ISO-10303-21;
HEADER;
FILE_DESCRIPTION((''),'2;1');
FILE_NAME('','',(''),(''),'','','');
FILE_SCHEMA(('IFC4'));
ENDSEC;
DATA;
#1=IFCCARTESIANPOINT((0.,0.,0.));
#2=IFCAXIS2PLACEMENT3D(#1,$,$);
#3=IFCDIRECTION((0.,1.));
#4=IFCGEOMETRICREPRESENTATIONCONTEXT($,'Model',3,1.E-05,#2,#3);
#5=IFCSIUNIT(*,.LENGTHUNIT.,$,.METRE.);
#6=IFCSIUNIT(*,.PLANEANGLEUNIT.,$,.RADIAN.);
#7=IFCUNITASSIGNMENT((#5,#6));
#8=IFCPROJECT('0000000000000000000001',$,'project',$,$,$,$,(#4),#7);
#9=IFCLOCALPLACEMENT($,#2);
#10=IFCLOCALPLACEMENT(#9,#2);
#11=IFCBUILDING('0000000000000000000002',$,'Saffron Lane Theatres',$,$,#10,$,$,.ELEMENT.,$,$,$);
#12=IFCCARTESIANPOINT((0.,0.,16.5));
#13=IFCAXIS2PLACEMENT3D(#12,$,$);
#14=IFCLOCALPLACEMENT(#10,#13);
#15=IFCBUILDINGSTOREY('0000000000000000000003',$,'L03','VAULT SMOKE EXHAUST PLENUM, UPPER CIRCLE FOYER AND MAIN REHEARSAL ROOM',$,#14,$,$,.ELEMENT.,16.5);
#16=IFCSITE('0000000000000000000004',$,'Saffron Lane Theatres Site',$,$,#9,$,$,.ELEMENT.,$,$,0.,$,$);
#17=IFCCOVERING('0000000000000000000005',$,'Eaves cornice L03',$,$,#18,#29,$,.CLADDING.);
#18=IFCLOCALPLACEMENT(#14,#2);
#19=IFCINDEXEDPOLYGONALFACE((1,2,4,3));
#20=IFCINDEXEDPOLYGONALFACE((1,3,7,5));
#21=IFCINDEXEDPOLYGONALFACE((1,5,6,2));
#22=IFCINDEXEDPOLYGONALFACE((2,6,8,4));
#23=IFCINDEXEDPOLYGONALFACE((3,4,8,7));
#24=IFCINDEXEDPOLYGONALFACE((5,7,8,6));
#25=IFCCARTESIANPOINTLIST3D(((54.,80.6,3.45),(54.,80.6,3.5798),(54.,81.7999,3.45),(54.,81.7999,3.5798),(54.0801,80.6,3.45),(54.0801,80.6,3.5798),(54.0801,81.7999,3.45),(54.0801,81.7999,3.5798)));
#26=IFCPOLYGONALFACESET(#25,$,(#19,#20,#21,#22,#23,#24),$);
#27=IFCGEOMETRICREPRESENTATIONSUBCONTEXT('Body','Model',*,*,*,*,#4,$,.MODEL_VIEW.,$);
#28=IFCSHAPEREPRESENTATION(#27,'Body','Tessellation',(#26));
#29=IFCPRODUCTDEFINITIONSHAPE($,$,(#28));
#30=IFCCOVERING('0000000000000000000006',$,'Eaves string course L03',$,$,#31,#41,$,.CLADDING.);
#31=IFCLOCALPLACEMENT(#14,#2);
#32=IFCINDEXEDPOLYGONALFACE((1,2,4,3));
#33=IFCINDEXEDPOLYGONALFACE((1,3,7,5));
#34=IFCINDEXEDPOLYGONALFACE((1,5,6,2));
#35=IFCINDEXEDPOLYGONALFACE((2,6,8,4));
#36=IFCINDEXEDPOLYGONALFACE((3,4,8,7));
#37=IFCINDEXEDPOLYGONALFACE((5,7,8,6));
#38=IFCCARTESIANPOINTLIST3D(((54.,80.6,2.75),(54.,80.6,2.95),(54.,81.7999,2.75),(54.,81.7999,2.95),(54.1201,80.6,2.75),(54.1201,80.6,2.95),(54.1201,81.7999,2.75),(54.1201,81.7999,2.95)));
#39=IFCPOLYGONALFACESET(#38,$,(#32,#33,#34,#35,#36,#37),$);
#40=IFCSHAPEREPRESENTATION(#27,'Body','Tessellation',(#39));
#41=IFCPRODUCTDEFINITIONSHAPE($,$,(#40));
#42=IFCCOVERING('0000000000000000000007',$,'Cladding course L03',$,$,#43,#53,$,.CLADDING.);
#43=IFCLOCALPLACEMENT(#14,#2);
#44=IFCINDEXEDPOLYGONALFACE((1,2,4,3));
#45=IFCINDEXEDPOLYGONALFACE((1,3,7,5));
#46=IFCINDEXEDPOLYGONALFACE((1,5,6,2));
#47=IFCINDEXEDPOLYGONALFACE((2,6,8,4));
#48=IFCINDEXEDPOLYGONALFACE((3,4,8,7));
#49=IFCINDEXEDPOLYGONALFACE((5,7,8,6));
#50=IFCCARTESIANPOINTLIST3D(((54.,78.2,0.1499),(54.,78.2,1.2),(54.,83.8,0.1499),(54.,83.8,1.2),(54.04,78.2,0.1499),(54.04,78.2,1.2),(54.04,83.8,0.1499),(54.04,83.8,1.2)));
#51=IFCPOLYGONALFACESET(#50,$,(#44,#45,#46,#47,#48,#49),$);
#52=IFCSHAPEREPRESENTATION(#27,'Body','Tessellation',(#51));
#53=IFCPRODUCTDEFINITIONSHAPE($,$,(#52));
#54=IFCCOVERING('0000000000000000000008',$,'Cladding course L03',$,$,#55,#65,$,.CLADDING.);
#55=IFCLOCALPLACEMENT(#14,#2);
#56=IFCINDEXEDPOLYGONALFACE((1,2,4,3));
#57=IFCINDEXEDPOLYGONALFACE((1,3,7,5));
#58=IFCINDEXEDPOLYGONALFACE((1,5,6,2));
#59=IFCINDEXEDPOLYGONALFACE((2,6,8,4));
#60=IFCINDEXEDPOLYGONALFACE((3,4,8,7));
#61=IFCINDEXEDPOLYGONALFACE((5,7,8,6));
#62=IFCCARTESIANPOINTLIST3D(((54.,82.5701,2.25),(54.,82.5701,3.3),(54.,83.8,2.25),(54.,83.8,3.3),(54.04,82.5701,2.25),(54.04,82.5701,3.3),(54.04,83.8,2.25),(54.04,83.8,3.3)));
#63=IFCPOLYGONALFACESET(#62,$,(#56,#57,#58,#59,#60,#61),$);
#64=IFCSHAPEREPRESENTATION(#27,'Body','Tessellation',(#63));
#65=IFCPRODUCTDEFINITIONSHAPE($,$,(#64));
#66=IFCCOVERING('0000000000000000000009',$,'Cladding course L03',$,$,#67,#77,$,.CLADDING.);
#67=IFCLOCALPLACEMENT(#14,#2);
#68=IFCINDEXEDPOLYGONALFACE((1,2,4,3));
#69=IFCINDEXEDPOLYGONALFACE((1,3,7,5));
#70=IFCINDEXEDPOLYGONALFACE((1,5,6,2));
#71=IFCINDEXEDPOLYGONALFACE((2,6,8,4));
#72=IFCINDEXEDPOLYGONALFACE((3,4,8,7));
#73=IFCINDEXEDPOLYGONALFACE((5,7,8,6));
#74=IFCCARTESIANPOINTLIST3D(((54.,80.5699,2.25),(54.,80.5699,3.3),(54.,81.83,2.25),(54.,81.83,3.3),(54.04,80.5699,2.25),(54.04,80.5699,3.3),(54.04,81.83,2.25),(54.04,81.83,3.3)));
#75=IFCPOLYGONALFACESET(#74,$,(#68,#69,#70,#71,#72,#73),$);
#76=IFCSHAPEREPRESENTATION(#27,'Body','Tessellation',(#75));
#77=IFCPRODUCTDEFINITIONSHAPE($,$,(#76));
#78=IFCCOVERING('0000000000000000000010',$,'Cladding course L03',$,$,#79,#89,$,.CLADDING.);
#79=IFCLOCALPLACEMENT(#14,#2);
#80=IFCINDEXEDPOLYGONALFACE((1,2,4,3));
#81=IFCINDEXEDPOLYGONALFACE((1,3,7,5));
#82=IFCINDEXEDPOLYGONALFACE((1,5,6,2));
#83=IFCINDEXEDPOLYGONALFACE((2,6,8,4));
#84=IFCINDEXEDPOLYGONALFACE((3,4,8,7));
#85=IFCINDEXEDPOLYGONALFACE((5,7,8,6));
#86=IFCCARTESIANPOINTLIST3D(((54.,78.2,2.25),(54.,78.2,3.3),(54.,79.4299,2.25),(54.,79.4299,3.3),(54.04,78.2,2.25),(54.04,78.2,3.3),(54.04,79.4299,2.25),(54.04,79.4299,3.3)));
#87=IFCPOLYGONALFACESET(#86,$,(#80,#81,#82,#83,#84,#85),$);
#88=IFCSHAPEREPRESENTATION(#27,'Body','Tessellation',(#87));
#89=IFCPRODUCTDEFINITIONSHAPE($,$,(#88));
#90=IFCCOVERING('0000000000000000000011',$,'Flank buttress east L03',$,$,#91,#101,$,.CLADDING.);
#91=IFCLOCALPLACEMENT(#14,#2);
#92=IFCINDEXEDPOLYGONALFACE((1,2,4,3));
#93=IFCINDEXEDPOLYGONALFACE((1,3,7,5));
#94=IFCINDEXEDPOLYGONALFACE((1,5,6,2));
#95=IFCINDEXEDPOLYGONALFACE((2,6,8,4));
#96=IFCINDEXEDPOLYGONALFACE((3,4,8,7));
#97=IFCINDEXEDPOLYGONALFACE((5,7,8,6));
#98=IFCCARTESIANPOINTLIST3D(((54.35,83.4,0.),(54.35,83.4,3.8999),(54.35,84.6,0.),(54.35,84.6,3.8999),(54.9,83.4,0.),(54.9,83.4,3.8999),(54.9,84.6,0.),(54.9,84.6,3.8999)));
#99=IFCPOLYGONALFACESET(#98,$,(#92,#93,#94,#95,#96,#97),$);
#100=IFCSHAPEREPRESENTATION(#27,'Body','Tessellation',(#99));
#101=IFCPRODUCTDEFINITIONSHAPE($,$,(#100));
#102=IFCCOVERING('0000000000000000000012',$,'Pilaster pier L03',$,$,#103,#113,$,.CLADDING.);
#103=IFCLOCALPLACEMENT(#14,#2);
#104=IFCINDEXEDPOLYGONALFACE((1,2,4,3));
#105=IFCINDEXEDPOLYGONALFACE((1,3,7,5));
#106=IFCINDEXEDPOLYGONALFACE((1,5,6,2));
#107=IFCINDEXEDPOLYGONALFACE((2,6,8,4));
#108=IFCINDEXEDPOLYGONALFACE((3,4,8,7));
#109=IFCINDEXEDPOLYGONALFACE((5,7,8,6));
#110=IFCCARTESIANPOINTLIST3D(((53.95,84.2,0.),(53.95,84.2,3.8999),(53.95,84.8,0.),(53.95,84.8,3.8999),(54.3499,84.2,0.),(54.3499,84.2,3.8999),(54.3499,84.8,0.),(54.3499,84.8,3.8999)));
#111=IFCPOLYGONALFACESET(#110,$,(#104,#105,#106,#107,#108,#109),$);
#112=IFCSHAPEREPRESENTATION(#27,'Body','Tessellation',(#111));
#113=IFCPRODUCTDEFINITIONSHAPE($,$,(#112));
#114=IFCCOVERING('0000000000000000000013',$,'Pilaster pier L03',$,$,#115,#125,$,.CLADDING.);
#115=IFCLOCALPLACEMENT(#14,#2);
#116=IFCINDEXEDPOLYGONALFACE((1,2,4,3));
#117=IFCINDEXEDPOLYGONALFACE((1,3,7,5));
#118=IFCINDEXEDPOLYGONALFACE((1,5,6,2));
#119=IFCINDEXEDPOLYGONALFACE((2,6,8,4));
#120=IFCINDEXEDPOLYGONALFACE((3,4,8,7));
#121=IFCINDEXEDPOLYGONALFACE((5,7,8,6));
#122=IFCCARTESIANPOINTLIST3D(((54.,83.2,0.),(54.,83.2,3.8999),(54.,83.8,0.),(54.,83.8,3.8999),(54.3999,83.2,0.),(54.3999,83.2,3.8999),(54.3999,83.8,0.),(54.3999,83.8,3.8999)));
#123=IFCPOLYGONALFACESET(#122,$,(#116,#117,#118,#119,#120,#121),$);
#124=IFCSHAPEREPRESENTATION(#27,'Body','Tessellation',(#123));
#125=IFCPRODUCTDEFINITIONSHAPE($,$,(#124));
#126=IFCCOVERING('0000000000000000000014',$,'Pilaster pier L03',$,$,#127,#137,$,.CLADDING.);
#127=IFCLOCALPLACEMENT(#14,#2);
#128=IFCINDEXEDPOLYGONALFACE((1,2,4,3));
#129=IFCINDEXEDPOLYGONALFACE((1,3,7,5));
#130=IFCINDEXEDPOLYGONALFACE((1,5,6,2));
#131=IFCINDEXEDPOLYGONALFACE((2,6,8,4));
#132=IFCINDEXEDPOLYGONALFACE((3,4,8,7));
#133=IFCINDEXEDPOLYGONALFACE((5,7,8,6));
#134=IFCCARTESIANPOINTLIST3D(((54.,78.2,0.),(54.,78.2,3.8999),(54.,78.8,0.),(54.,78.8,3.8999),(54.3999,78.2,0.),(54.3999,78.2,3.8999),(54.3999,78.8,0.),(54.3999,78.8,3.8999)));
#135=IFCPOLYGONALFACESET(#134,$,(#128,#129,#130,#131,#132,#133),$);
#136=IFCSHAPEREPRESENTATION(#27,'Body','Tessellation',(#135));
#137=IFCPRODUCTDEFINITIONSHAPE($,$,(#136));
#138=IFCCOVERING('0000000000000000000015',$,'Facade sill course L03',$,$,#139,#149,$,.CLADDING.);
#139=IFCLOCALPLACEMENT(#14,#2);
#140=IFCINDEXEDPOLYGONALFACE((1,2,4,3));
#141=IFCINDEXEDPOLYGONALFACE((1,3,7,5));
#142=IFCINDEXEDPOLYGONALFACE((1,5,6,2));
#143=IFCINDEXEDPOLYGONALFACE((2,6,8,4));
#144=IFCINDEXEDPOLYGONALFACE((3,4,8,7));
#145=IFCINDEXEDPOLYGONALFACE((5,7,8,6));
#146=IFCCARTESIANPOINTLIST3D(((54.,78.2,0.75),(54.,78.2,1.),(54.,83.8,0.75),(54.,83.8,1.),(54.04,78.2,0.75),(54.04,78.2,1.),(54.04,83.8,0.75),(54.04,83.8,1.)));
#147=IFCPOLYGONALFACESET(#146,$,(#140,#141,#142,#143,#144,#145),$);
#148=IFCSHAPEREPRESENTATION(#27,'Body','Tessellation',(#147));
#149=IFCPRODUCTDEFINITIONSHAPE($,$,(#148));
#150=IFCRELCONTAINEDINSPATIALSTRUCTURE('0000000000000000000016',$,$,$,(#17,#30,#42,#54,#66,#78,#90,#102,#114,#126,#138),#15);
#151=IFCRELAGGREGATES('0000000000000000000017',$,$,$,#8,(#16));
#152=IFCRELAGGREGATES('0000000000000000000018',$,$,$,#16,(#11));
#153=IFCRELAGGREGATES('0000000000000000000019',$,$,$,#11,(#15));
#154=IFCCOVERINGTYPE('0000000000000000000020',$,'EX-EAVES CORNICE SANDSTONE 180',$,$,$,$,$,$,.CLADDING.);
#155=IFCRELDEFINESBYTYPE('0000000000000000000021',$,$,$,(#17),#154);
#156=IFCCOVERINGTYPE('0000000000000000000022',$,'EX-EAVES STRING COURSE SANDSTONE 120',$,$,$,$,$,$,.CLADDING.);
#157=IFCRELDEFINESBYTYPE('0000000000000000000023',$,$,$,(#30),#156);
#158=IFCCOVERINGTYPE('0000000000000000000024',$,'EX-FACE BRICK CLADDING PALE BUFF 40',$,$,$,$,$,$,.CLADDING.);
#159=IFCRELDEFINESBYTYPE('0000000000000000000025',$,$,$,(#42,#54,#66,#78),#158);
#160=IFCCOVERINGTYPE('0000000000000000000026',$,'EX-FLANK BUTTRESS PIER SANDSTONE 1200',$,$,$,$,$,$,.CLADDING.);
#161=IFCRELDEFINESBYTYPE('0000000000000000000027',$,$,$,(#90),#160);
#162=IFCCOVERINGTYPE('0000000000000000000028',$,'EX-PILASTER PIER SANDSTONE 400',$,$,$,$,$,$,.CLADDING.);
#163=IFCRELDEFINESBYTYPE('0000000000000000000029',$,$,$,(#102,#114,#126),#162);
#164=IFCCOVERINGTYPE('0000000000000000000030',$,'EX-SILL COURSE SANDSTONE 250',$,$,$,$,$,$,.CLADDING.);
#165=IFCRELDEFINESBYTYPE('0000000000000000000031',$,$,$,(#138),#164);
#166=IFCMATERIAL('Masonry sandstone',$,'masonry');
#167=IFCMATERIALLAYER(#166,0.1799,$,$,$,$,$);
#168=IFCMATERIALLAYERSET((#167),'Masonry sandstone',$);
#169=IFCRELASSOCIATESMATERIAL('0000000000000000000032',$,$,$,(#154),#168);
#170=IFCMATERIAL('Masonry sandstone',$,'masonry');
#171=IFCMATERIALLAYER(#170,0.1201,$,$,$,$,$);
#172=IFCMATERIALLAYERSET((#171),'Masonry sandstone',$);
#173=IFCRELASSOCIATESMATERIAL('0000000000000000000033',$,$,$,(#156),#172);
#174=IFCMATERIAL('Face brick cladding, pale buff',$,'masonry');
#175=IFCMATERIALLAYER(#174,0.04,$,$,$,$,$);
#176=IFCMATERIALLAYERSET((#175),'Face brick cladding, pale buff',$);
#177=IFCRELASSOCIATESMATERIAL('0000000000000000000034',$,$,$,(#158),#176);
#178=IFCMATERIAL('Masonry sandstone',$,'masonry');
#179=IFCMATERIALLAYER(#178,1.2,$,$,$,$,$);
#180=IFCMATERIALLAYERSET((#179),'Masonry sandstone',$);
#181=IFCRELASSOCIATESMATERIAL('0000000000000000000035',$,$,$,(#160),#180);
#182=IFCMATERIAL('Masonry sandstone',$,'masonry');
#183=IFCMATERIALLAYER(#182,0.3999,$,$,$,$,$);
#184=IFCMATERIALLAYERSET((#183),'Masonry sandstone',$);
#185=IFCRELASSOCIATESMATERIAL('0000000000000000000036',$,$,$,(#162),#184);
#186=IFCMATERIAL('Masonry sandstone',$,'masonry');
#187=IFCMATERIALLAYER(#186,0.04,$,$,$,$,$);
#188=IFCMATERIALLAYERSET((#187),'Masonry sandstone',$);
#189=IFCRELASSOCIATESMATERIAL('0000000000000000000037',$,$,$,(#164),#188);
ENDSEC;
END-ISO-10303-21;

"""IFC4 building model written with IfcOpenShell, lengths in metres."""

from ifc_helpers import new_model, si_unit, direction, frame, origin, origin_2d, place, context, subcontext, project, spatial, rectangle, extrude, material, layer, layer_set, type_object, element, save


model = new_model("IFC4")

# Units and contexts
model_context = context("Model", 3, precision=1e-05, world=origin(), true_north=direction((0.0, 1.0)))
body_context = subcontext(model_context, "Body", "Model", "MODEL_VIEW")
ifc_project = project(units=[si_unit("LENGTHUNIT", "METRE"), si_unit("PLANEANGLEUNIT", "RADIAN")], contexts=[model_context])

# Site, building, storey
site_placement = place(None, origin())
site = spatial("IfcSite", under=ifc_project, at=site_placement, Name="Saffron Lane Theatres Site", CompositionType="ELEMENT", RefElevation=0.0)
building_placement = place(site_placement, origin())
building = spatial("IfcBuilding", under=site, at=building_placement, Name="Saffron Lane Theatres", CompositionType="ELEMENT")
storey_placement = place(building_placement, frame((0.0, 0.0, 16.5)))
storey = spatial("IfcBuildingStorey", under=building, at=storey_placement, Name="L03", Description="VAULT SMOKE EXHAUST PLENUM, UPPER CIRCLE FOYER AND MAIN REHEARSAL ROOM", CompositionType="ELEMENT", Elevation=16.5)

# Coverings
ifc_material_1 = material(Name="Masonry sandstone", Category="masonry")
ifc_layer_1 = layer(ifc_material_1, 0.1799)
ifc_layer_set_1 = layer_set([ifc_layer_1], Name="Masonry sandstone")
covering_type_1 = type_object("IfcCoveringType", Name="EX-EAVES CORNICE SANDSTONE 180", PredefinedType="CLADDING", material=ifc_layer_set_1)
covering_1_placement = place(storey_placement, frame((54.04, 81.2, 3.45), z_axis=(0.0, 0.0, 1.0), x_axis=(0.0, -1.0, 0.0)))
element("IfcCovering", 1, at=covering_1_placement, inside=storey, type_object=covering_type_1, Name="Eaves cornice L03", PredefinedType="CLADDING", context=body_context, shape_type="SweptSolid", body=[
    extrude(rectangle(XDim=1.2, YDim=0.0801, at=origin_2d()), origin(), (0.0, 0.0, 1.0), 0.1299),
])
ifc_material_2 = material(Name="Masonry sandstone", Category="masonry")
ifc_layer_2 = layer(ifc_material_2, 0.1201)
ifc_layer_set_2 = layer_set([ifc_layer_2], Name="Masonry sandstone")
covering_type_2 = type_object("IfcCoveringType", Name="EX-EAVES STRING COURSE SANDSTONE 120", PredefinedType="CLADDING", material=ifc_layer_set_2)
covering_2_placement = place(storey_placement, frame((54.0601, 81.2, 2.75), z_axis=(0.0, 0.0, 1.0), x_axis=(0.0, -1.0, 0.0)))
element("IfcCovering", 2, at=covering_2_placement, inside=storey, type_object=covering_type_2, Name="Eaves string course L03", PredefinedType="CLADDING", context=body_context, shape_type="SweptSolid", body=[
    extrude(rectangle(XDim=1.2, YDim=0.1201, at=origin_2d()), origin(), (0.0, 0.0, 1.0), 0.2),
])
ifc_material_3 = material(Name="Face brick cladding, pale buff", Category="masonry")
ifc_layer_3 = layer(ifc_material_3, 0.04)
ifc_layer_set_3 = layer_set([ifc_layer_3], Name="Face brick cladding, pale buff")
covering_type_3 = type_object("IfcCoveringType", Name="EX-FACE BRICK CLADDING PALE BUFF 40", PredefinedType="CLADDING", material=ifc_layer_set_3)
covering_3_placement = place(storey_placement, frame((54.02, 81.0, 0.1499), z_axis=(0.0, 0.0, 1.0), x_axis=(0.0, -1.0, 0.0)))
element("IfcCovering", 3, at=covering_3_placement, inside=storey, type_object=covering_type_3, Name="Cladding course L03", PredefinedType="CLADDING", context=body_context, shape_type="SweptSolid", body=[
    extrude(rectangle(XDim=5.6001, YDim=0.04, at=origin_2d()), origin(), (0.0, 0.0, 1.0), 1.05),
])
covering_4_placement = place(storey_placement, frame((54.02, 83.1851, 2.25), z_axis=(0.0, 0.0, 1.0), x_axis=(0.0, -1.0, 0.0)))
element("IfcCovering", 4, at=covering_4_placement, inside=storey, type_object=covering_type_3, Name="Cladding course L03", PredefinedType="CLADDING", context=body_context, shape_type="SweptSolid", body=[
    extrude(rectangle(XDim=1.23, YDim=0.04, at=origin_2d()), origin(), (0.0, 0.0, 1.0), 1.05),
])
covering_5_placement = place(storey_placement, frame((54.02, 81.2, 2.25), z_axis=(0.0, 0.0, 1.0), x_axis=(0.0, -1.0, 0.0)))
element("IfcCovering", 5, at=covering_5_placement, inside=storey, type_object=covering_type_3, Name="Cladding course L03", PredefinedType="CLADDING", context=body_context, shape_type="SweptSolid", body=[
    extrude(rectangle(XDim=1.26, YDim=0.04, at=origin_2d()), origin(), (0.0, 0.0, 1.0), 1.05),
])
covering_6_placement = place(storey_placement, frame((54.02, 78.8149, 2.25), z_axis=(0.0, 0.0, 1.0), x_axis=(0.0, -1.0, 0.0)))
element("IfcCovering", 6, at=covering_6_placement, inside=storey, type_object=covering_type_3, Name="Cladding course L03", PredefinedType="CLADDING", context=body_context, shape_type="SweptSolid", body=[
    extrude(rectangle(XDim=1.23, YDim=0.04, at=origin_2d()), origin(), (0.0, 0.0, 1.0), 1.05),
])
ifc_material_4 = material(Name="Masonry sandstone", Category="masonry")
ifc_layer_4 = layer(ifc_material_4, 1.2)
ifc_layer_set_4 = layer_set([ifc_layer_4], Name="Masonry sandstone")
covering_type_4 = type_object("IfcCoveringType", Name="EX-FLANK BUTTRESS PIER SANDSTONE 1200", PredefinedType="CLADDING", material=ifc_layer_set_4)
covering_7_placement = place(storey_placement, frame((54.625, 84.0, 0.0), z_axis=(0.0, 0.0, 1.0), x_axis=(0.0, 1.0, 0.0)))
element("IfcCovering", 7, at=covering_7_placement, inside=storey, type_object=covering_type_4, Name="Flank buttress east L03", PredefinedType="CLADDING", context=body_context, shape_type="SweptSolid", body=[
    extrude(rectangle(XDim=1.2, YDim=0.55, at=origin_2d()), origin(), (0.0, 0.0, 1.0), 3.8999),
])
ifc_material_5 = material(Name="Masonry sandstone", Category="masonry")
ifc_layer_5 = layer(ifc_material_5, 0.3999)
ifc_layer_set_5 = layer_set([ifc_layer_5], Name="Masonry sandstone")
covering_type_5 = type_object("IfcCoveringType", Name="EX-PILASTER PIER SANDSTONE 400", PredefinedType="CLADDING", material=ifc_layer_set_5)
for number, where, z_axis, x_axis, name in (
    (8, (54.1499, 84.5, 0.0), (0.0, 0.0, 1.0), (0.0, -1.0, 0.0), "Pilaster pier L03"),
    (9, (54.2, 83.5, 0.0), (0.0, 0.0, 1.0), (0.0, -1.0, 0.0), "Pilaster pier L03"),
    (10, (54.2, 78.5, 0.0), (0.0, 0.0, 1.0), (0.0, -1.0, 0.0), "Pilaster pier L03"),
):
    element("IfcCovering", number, at=place(storey_placement, frame(where, z_axis=z_axis, x_axis=x_axis)), inside=storey, type_object=covering_type_5, Name=name, PredefinedType="CLADDING", context=body_context, shape_type="SweptSolid", body=[
        extrude(rectangle(XDim=0.6001, YDim=0.3999, at=origin_2d()), origin(), (0.0, 0.0, 1.0), 3.8999),
    ])
ifc_material_6 = material(Name="Masonry sandstone", Category="masonry")
ifc_layer_6 = layer(ifc_material_6, 0.04)
ifc_layer_set_6 = layer_set([ifc_layer_6], Name="Masonry sandstone")
covering_type_6 = type_object("IfcCoveringType", Name="EX-SILL COURSE SANDSTONE 250", PredefinedType="CLADDING", material=ifc_layer_set_6)
covering_8_placement = place(storey_placement, frame((54.02, 81.0, 0.75), z_axis=(0.0, 0.0, 1.0), x_axis=(0.0, -1.0, 0.0)))
element("IfcCovering", 11, at=covering_8_placement, inside=storey, type_object=covering_type_6, Name="Facade sill course L03", PredefinedType="CLADDING", context=body_context, shape_type="SweptSolid", body=[
    extrude(rectangle(XDim=5.6001, YDim=0.04, at=origin_2d()), origin(), (0.0, 0.0, 1.0), 0.25),
])

save(model, "model.ifc")
